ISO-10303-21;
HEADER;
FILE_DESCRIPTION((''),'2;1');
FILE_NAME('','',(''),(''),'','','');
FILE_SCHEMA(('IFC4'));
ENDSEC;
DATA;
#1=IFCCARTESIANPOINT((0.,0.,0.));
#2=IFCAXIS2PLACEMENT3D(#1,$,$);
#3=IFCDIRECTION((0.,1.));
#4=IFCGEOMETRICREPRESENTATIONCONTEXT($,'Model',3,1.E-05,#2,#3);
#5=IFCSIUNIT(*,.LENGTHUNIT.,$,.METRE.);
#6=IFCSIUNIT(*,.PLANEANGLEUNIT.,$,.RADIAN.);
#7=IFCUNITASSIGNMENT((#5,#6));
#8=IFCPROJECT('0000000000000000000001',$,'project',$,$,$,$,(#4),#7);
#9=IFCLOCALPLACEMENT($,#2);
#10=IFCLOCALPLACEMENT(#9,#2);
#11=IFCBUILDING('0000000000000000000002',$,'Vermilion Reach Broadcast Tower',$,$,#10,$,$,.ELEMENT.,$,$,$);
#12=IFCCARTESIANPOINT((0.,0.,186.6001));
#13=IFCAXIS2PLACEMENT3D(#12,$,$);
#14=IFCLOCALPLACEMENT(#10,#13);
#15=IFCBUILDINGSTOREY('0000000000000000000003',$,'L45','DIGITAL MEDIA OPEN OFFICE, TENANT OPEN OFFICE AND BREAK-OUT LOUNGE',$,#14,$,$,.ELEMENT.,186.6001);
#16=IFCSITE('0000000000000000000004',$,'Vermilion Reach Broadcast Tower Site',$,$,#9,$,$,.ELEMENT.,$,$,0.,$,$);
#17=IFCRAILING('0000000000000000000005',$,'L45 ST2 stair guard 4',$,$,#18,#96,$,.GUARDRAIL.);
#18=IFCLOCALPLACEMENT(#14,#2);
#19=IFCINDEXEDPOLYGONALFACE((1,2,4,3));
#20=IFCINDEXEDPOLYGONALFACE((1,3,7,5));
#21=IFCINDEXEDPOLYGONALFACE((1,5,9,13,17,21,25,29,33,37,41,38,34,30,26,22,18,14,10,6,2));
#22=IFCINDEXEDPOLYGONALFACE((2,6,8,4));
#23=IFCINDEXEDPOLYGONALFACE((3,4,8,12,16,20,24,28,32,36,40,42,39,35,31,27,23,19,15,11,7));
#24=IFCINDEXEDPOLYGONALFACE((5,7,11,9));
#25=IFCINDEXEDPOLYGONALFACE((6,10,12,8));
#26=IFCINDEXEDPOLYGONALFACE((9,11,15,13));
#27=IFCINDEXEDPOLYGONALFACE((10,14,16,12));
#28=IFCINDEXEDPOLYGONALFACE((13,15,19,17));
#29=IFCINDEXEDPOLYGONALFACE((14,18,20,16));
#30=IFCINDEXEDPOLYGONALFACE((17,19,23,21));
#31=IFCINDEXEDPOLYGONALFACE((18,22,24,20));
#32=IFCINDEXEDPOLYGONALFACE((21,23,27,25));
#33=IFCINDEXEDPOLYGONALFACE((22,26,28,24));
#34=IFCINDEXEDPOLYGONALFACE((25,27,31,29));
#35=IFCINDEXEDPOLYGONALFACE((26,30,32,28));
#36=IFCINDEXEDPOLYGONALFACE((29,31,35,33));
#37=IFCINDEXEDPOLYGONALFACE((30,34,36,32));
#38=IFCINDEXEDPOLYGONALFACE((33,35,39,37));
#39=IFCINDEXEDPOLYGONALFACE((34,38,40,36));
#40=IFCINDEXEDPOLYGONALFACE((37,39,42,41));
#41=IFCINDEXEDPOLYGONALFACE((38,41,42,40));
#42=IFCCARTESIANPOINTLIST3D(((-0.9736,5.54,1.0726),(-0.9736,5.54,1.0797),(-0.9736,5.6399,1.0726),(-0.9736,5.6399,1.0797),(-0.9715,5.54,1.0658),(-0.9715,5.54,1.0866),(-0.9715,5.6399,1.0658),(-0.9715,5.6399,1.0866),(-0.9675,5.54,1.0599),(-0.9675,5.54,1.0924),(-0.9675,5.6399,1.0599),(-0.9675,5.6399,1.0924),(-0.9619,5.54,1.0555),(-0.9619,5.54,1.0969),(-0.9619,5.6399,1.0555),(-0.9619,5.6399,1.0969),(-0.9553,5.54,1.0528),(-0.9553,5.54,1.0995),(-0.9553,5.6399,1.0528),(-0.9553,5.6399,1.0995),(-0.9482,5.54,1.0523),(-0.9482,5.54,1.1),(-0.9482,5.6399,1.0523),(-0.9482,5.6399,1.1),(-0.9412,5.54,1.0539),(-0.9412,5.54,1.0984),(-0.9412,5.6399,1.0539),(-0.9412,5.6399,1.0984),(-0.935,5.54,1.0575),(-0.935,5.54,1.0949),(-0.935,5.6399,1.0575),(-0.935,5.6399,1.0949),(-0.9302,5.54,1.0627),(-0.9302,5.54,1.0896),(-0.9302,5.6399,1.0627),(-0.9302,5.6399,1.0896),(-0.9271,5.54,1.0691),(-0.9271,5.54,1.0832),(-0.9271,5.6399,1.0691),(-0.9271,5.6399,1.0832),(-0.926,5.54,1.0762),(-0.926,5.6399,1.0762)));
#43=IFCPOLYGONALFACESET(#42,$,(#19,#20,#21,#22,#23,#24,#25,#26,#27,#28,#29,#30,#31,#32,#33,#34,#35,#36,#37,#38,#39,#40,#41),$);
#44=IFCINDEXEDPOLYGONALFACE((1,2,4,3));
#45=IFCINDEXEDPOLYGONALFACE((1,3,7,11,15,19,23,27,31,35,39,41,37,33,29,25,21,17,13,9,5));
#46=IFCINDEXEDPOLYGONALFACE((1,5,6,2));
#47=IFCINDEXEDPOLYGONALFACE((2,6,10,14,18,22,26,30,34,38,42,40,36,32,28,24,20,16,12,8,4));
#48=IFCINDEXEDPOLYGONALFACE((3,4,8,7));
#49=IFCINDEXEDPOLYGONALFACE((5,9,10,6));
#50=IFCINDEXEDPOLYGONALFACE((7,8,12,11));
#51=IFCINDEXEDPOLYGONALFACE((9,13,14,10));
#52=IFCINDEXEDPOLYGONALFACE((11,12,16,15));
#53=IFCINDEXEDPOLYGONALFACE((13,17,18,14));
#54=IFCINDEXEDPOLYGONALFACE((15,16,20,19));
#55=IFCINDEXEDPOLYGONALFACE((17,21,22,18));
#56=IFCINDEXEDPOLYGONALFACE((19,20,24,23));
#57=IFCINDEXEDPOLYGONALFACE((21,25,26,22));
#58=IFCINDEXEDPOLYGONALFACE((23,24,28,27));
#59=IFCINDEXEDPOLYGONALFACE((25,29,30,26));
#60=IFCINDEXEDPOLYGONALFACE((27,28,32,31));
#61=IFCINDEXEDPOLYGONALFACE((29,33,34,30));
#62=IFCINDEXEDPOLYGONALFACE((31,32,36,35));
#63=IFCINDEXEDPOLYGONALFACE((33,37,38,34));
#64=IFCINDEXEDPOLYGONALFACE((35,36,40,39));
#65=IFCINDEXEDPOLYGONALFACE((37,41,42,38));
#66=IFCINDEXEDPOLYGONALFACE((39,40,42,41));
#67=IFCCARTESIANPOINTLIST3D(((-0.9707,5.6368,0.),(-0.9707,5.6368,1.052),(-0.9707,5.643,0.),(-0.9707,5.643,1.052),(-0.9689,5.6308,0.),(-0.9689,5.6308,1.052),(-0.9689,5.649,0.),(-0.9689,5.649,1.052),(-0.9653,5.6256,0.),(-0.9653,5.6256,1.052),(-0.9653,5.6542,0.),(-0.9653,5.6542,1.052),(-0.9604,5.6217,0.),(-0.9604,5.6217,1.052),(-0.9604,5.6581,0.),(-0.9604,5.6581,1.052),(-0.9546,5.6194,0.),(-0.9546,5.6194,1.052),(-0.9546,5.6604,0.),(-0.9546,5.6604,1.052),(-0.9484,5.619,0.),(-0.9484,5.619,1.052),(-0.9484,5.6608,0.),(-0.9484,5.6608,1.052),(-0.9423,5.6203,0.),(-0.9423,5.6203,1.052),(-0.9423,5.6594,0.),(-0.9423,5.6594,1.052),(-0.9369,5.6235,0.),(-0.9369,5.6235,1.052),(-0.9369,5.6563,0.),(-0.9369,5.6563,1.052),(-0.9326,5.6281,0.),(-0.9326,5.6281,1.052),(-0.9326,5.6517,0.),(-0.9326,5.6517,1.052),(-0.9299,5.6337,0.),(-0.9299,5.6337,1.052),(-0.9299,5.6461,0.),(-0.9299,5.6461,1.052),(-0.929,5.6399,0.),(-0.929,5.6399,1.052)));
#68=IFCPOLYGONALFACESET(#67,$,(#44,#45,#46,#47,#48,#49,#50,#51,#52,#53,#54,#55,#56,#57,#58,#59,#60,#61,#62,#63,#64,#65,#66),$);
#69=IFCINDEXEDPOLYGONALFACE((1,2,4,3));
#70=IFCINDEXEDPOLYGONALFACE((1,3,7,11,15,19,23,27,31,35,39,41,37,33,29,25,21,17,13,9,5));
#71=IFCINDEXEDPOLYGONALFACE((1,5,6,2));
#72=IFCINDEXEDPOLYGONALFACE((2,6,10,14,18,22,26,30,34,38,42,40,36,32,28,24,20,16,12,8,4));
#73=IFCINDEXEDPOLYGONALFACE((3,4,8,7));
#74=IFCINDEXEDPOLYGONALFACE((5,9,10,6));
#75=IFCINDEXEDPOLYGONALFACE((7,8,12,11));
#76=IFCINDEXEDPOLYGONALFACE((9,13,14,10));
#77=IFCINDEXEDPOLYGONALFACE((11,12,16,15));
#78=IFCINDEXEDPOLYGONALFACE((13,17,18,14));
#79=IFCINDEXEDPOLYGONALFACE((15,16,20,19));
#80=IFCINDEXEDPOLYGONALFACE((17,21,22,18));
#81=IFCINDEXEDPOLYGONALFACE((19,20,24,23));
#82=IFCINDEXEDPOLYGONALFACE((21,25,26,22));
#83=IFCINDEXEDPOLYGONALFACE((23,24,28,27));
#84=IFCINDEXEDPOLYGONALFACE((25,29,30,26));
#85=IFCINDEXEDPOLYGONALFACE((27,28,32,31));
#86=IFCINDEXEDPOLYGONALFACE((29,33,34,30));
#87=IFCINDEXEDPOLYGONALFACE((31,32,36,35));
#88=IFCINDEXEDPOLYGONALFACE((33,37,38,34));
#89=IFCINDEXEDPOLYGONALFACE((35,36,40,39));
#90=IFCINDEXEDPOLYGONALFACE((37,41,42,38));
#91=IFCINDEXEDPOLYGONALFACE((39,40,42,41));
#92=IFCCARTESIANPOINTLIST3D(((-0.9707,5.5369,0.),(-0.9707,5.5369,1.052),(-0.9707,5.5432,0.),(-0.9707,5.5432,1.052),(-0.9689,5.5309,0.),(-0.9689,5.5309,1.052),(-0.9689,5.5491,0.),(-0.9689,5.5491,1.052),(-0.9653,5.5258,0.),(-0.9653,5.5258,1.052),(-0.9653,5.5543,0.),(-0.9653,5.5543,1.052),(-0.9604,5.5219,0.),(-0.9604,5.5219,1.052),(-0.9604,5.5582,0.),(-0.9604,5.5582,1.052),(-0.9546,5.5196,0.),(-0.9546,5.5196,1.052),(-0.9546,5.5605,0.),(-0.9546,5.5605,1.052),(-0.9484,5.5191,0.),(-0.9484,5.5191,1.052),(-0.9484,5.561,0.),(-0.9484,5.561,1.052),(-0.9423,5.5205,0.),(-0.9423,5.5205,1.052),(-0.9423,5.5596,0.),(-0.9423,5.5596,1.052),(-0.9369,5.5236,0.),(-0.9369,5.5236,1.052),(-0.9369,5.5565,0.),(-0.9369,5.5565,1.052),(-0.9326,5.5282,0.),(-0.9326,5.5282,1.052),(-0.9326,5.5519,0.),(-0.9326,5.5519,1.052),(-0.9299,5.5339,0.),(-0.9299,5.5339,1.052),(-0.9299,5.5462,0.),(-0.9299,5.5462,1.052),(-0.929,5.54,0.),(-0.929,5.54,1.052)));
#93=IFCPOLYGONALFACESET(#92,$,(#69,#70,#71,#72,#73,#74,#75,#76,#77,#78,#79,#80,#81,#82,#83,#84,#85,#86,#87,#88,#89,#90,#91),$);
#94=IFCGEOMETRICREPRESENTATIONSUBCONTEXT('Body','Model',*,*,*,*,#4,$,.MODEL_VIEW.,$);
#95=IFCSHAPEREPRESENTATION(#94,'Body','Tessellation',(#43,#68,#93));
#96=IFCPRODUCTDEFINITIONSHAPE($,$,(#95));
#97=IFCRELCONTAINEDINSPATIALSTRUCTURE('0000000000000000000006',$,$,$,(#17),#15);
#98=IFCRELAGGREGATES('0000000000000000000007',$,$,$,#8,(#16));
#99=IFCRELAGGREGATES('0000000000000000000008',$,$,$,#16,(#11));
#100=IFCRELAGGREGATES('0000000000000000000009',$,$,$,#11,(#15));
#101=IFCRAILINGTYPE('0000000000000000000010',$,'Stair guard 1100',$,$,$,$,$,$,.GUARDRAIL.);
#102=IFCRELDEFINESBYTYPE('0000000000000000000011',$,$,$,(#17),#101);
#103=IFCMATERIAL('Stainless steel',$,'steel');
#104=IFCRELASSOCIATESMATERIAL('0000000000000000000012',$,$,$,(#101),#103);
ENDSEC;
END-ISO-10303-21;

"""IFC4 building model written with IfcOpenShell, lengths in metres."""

from ifc_helpers import new_model, si_unit, direction, frame, origin, origin_2d, place, context, subcontext, project, spatial, circle, extrude, material, type_object, element, save


model = new_model("IFC4")

# Units and contexts
model_context = context("Model", 3, precision=1e-05, world=origin(), true_north=direction((0.0, 1.0)))
body_context = subcontext(model_context, "Body", "Model", "MODEL_VIEW")
ifc_project = project(units=[si_unit("LENGTHUNIT", "METRE"), si_unit("PLANEANGLEUNIT", "RADIAN")], contexts=[model_context])

# Site, building, storey
site_placement = place(None, origin())
site = spatial("IfcSite", under=ifc_project, at=site_placement, Name="Vermilion Reach Broadcast Tower Site", CompositionType="ELEMENT", RefElevation=0.0)
building_placement = place(site_placement, origin())
building = spatial("IfcBuilding", under=site, at=building_placement, Name="Vermilion Reach Broadcast Tower", CompositionType="ELEMENT")
storey_placement = place(building_placement, frame((0.0, 0.0, 186.6001)))
storey = spatial("IfcBuildingStorey", under=building, at=storey_placement, Name="L45", Description="DIGITAL MEDIA OPEN OFFICE, TENANT OPEN OFFICE AND BREAK-OUT LOUNGE", CompositionType="ELEMENT", Elevation=186.6001)

# Railing
ifc_material_1 = material(Name="Stainless steel", Category="steel")
railing_type_1 = type_object("IfcRailingType", Name="Stair guard 1100", PredefinedType="GUARDRAIL", material=ifc_material_1)
railing_1_placement = place(storey_placement, frame((-0.95, 5.6399, 0.0)))
element("IfcRailing", 1, at=railing_1_placement, inside=storey, type_object=railing_type_1, Name="L45 ST2 stair guard 4", PredefinedType="GUARDRAIL", context=body_context, shape_type="SweptSolid", body=[
    extrude(circle(Radius=0.0239, at=origin_2d()), frame((0.0, 0.0, 1.0762), z_axis=(0.0, -1.0, 0.0), x_axis=(1.0, 0.0, 0.0)), (0.0, 0.0, 1.0), 0.0999),
    extrude(circle(Radius=0.021, at=origin_2d()), origin(), (0.0, 0.0, 1.0), 1.052),
    extrude(circle(Radius=0.021, at=origin_2d()), frame((0.0, -0.0999, 0.0)), (0.0, 0.0, 1.0), 1.052),
])

save(model, "model.ifc")
